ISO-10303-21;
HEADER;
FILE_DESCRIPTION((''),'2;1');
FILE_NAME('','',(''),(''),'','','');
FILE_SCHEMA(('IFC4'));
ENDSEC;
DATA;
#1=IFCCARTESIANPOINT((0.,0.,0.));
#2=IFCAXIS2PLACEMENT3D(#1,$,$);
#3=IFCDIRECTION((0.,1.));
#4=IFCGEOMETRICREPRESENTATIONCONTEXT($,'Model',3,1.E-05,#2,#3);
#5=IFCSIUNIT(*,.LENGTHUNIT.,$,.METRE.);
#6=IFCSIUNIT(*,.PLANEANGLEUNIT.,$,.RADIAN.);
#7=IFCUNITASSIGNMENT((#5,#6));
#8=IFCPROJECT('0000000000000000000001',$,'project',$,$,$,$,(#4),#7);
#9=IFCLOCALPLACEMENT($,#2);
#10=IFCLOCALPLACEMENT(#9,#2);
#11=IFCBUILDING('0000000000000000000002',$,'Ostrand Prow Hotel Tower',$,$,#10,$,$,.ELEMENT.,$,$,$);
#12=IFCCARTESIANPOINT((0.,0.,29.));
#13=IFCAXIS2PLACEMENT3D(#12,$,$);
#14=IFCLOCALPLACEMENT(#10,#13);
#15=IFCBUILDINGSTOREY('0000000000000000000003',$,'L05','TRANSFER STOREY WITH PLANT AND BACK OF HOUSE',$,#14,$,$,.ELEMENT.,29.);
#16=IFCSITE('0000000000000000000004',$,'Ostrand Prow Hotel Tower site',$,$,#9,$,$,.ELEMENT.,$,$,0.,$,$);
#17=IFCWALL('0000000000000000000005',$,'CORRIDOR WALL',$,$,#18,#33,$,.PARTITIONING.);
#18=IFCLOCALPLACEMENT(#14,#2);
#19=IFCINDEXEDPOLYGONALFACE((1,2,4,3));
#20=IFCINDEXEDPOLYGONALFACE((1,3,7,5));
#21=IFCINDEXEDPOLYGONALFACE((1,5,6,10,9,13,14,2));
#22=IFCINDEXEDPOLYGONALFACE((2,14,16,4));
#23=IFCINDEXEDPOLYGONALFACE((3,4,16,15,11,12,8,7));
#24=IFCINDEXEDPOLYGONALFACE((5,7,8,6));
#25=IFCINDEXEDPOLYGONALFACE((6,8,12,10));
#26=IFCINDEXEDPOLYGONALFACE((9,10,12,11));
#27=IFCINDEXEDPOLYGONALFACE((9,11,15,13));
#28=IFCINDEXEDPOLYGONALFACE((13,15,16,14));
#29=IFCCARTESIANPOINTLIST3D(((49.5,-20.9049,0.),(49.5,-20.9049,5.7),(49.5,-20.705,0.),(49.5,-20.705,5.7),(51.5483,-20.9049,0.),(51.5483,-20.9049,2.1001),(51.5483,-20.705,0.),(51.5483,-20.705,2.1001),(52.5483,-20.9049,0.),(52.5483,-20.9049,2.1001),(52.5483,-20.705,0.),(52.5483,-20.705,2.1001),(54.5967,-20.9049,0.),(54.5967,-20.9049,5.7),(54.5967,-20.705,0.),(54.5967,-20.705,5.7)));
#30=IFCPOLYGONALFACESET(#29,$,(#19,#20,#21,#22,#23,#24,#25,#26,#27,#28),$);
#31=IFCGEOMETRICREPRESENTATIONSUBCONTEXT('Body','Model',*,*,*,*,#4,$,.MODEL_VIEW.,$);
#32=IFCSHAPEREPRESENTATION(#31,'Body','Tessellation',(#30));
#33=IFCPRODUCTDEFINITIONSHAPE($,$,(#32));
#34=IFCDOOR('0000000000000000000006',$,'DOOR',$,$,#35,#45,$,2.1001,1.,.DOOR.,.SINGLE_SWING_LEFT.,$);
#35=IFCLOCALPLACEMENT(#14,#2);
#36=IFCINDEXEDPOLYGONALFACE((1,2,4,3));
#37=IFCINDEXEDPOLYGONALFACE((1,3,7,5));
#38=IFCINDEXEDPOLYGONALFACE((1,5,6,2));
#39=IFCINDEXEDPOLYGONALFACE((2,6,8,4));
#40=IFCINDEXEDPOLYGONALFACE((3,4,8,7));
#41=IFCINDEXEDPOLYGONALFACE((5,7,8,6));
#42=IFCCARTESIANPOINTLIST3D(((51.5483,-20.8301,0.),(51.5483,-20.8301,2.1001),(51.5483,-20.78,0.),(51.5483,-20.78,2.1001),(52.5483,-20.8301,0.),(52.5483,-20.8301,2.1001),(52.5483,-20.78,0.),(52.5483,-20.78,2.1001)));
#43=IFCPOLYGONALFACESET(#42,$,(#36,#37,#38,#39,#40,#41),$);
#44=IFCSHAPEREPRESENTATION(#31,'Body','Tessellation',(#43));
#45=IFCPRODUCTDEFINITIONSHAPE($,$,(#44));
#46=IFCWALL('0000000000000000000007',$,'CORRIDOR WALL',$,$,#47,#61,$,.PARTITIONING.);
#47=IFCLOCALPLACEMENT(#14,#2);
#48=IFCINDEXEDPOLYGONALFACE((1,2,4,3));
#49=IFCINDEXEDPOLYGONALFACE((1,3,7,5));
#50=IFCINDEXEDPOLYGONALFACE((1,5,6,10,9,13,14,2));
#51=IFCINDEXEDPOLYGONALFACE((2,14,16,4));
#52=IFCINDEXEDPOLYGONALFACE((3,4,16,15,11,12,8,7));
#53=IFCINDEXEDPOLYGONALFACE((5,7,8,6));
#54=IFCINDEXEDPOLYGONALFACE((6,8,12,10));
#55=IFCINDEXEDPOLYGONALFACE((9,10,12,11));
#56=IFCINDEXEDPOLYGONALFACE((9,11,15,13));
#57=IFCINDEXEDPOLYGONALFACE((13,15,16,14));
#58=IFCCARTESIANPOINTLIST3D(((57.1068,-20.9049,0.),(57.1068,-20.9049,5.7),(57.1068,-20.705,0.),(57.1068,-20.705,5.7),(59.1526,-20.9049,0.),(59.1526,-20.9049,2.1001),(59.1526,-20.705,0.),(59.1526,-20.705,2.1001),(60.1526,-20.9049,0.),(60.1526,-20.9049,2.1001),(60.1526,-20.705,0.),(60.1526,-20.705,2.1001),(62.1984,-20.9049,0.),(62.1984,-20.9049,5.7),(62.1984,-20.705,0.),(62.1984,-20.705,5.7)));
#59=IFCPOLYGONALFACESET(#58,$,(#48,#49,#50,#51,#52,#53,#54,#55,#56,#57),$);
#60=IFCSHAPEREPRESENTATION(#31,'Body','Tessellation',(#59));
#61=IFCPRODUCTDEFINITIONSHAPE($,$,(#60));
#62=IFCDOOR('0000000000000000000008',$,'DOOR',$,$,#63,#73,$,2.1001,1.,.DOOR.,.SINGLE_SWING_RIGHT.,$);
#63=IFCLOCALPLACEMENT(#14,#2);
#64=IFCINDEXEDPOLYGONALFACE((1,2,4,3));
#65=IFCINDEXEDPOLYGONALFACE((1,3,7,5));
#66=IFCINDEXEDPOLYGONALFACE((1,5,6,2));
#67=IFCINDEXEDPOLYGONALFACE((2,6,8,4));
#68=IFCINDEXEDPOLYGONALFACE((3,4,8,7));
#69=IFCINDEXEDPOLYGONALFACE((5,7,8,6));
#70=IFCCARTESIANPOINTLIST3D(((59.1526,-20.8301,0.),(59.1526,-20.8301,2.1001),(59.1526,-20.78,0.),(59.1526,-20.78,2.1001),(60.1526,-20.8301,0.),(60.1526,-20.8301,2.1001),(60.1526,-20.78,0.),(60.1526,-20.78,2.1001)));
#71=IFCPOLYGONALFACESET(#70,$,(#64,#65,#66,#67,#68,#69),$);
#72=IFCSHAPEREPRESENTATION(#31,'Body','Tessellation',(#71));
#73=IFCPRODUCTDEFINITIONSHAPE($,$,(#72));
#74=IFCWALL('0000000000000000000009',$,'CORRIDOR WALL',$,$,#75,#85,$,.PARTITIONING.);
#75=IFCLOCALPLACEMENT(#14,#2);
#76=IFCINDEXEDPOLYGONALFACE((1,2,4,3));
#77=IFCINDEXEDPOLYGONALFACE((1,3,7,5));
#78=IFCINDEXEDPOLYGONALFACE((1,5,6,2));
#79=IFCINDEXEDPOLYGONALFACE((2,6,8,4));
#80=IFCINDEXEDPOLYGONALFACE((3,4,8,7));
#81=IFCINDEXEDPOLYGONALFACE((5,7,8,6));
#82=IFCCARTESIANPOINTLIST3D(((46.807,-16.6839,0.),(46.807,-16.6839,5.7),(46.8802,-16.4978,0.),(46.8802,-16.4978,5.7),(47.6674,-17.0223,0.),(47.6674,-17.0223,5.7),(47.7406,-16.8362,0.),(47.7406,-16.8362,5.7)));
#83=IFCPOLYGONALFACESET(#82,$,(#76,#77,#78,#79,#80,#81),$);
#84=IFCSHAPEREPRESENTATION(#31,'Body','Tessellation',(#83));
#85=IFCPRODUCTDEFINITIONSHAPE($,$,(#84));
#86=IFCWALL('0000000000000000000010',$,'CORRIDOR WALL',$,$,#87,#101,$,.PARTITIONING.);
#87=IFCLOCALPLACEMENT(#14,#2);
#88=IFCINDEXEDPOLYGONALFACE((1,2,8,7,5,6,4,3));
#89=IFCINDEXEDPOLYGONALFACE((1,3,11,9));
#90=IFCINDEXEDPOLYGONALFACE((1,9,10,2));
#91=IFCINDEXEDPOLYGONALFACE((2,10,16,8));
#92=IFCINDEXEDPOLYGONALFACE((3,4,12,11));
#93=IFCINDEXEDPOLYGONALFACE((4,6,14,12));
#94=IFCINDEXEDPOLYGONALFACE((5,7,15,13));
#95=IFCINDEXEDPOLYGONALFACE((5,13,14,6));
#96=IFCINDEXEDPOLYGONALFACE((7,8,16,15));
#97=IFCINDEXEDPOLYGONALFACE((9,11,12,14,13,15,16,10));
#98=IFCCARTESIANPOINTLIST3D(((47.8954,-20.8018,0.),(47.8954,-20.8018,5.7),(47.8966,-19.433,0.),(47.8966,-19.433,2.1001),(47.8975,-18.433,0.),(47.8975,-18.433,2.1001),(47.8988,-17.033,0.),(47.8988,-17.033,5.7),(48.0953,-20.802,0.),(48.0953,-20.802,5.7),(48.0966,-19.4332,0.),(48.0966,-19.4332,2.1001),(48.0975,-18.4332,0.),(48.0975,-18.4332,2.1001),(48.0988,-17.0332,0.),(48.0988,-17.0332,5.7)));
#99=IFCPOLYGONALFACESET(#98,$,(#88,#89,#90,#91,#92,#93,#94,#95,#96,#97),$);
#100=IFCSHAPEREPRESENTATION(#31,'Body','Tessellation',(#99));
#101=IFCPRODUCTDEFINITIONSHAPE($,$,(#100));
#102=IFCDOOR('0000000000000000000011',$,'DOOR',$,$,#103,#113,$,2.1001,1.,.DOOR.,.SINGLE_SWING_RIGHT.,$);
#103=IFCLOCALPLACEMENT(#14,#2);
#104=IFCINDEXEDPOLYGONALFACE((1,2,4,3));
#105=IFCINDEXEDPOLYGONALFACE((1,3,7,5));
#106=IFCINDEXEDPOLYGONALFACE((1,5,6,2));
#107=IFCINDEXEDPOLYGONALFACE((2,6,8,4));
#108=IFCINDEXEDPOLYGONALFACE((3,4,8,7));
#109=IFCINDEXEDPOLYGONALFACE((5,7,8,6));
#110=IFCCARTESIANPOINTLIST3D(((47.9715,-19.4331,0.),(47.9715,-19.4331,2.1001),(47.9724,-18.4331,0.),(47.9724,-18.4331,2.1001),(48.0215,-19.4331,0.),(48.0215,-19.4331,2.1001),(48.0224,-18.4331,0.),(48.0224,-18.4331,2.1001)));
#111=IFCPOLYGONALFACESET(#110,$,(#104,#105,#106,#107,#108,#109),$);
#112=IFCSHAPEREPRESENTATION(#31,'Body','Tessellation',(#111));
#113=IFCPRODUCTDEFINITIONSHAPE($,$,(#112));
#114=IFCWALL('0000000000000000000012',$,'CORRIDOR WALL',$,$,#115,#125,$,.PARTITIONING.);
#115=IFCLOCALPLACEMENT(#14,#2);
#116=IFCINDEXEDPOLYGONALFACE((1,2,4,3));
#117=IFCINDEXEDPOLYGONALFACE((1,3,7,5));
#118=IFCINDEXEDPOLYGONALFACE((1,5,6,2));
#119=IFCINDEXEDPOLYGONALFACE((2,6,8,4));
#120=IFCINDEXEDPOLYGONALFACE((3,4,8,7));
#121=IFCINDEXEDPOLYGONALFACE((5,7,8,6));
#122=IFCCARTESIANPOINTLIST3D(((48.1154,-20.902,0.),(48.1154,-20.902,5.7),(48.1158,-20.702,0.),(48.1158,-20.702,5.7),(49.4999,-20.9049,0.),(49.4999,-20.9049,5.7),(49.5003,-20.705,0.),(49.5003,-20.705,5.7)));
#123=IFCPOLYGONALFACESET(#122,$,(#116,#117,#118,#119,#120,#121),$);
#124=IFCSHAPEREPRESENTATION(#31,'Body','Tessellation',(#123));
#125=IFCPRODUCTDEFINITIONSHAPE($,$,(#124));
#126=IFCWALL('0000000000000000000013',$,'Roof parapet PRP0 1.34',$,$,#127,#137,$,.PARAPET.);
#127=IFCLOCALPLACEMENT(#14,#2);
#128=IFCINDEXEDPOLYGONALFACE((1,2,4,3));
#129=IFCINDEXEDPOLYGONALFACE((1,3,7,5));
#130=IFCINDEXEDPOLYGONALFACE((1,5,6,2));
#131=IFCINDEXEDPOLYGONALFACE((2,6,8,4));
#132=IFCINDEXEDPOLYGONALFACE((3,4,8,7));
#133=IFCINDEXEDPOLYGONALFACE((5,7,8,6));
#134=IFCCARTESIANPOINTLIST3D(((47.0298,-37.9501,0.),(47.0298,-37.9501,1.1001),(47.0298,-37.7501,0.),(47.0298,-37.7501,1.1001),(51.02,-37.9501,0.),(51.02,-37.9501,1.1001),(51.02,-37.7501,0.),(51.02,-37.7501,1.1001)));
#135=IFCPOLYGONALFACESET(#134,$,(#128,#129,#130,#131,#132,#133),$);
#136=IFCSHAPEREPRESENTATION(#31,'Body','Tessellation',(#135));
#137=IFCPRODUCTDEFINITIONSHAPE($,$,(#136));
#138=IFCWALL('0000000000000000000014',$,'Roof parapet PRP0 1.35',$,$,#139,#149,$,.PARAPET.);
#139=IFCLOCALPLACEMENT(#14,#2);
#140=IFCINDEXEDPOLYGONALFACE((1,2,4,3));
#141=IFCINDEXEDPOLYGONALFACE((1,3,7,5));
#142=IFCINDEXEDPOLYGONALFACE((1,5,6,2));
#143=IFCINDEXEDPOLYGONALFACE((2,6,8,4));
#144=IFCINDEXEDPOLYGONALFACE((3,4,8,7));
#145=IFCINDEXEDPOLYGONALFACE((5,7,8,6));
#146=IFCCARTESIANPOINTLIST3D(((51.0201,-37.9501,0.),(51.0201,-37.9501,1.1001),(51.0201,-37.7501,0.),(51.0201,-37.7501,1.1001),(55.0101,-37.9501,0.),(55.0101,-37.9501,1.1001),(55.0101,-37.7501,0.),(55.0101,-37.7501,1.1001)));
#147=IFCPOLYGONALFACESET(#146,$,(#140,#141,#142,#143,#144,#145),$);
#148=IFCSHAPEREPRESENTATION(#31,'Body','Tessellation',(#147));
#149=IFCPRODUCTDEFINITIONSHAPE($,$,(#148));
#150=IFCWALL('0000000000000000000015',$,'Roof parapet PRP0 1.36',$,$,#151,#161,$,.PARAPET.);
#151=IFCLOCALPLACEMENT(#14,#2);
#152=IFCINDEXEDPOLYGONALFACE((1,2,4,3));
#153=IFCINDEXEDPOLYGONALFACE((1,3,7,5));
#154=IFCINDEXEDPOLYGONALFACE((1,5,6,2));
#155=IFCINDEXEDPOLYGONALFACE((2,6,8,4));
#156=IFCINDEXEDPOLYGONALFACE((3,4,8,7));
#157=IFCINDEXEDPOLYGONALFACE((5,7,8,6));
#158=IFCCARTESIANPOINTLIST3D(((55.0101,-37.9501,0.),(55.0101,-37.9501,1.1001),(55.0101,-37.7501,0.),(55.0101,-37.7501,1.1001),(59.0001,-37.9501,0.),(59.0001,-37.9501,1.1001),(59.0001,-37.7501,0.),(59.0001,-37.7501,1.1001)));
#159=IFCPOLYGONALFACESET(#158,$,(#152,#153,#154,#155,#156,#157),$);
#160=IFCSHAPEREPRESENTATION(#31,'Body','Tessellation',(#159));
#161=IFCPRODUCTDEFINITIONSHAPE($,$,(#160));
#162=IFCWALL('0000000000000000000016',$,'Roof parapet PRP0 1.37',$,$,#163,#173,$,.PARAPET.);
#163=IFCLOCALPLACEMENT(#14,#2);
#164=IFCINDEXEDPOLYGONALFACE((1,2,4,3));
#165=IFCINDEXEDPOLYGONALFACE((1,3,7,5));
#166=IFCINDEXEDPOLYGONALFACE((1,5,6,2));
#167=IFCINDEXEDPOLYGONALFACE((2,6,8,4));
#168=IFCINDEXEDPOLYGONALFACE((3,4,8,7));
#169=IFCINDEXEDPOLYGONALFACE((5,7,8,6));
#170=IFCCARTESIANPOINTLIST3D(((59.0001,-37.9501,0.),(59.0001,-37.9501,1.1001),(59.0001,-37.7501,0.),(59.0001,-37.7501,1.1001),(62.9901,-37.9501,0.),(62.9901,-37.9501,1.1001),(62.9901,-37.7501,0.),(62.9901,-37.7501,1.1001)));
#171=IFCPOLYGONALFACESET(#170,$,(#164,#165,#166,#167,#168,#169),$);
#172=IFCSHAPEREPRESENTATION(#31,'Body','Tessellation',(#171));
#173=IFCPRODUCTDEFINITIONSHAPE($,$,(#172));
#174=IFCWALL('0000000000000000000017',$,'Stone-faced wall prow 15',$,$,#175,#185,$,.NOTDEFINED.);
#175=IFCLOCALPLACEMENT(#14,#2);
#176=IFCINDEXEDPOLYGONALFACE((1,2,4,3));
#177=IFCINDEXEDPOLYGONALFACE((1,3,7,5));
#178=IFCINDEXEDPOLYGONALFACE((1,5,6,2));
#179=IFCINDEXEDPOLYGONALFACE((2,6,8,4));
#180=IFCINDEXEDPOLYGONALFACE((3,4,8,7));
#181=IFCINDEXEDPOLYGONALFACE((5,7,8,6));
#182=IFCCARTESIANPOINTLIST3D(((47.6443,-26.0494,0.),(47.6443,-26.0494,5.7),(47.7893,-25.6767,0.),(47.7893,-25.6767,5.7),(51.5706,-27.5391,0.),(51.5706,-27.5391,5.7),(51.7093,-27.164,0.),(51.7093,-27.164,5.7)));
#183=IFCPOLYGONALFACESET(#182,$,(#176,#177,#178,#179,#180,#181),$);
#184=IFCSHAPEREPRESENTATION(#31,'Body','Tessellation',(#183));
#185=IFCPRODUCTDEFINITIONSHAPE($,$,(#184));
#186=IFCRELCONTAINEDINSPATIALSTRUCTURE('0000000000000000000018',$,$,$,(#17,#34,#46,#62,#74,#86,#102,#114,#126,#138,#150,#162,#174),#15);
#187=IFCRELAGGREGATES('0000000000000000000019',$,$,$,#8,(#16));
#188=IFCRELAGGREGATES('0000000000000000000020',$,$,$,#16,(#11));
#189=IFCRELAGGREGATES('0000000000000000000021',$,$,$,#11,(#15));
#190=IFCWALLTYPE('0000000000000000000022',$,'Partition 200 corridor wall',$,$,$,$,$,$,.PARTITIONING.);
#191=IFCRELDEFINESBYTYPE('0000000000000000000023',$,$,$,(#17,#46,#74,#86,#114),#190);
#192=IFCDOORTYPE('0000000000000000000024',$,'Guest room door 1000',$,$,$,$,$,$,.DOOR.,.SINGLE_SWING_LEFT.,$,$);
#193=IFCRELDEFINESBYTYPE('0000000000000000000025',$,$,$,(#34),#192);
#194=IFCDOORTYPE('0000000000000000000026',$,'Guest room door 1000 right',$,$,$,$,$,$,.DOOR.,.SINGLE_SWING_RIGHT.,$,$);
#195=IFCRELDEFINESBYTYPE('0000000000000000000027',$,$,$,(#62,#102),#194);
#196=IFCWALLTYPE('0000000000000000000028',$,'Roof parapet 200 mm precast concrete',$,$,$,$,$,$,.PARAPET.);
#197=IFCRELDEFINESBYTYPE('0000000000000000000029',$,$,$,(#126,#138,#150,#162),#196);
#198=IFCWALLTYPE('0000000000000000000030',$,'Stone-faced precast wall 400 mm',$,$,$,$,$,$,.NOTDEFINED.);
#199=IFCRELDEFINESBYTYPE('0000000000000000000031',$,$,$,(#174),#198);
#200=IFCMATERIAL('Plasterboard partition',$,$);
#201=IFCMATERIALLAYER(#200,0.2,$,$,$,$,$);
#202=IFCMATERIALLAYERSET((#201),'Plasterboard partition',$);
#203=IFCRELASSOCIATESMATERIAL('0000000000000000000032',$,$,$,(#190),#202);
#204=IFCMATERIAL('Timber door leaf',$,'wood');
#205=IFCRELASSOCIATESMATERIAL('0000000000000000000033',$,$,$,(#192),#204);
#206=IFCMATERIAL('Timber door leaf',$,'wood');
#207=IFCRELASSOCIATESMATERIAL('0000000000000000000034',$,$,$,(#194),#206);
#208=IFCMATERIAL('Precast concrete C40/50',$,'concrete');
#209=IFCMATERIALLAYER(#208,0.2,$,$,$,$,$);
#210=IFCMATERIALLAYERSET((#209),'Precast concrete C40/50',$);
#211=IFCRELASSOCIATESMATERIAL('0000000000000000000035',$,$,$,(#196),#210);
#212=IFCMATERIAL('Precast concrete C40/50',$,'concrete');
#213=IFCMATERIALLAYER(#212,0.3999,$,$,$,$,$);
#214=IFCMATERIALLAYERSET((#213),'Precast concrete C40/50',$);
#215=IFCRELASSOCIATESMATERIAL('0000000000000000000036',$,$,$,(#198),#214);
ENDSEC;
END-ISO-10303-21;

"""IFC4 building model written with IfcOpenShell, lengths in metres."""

from ifc_helpers import new_model, si_unit, direction, frame, frame_2d, origin, place, context, subcontext, project, spatial, polyline, rectangle, outline, extrude, material, layer, layer_set, type_object, element, fill, save


model = new_model("IFC4")

# Units and contexts
model_context = context("Model", 3, precision=1e-05, world=origin(), true_north=direction((0.0, 1.0)))
body_context = subcontext(model_context, "Body", "Model", "MODEL_VIEW")
ifc_project = project(units=[si_unit("LENGTHUNIT", "METRE"), si_unit("PLANEANGLEUNIT", "RADIAN")], contexts=[model_context])

# Site, building, storey
site_placement = place(None, origin())
site = spatial("IfcSite", under=ifc_project, at=site_placement, Name="Ostrand Prow Hotel Tower site", CompositionType="ELEMENT", RefElevation=0.0)
building_placement = place(site_placement, origin())
building = spatial("IfcBuilding", under=site, at=building_placement, Name="Ostrand Prow Hotel Tower", CompositionType="ELEMENT")
storey_placement = place(building_placement, frame((0.0, 0.0, 29.0)))
storey = spatial("IfcBuildingStorey", under=building, at=storey_placement, Name="L05", Description="TRANSFER STOREY WITH PLANT AND BACK OF HOUSE", CompositionType="ELEMENT", Elevation=29.0)

# Walls, openings, doors
ifc_material_1 = material(Name="Plasterboard partition")
ifc_layer_1 = layer(ifc_material_1, 0.2)
ifc_layer_set_1 = layer_set([ifc_layer_1], Name="Plasterboard partition")
wall_type_1 = type_object("IfcWallType", Name="Partition 200 corridor wall", PredefinedType="PARTITIONING", material=ifc_layer_set_1)
wall_1_placement = place(storey_placement, frame((49.5, -20.8049, 0.0), z_axis=(0.0, 0.0, 1.0), x_axis=(1.0, 0.0, 0.0)))
wall_1 = element("IfcWall", 1, at=wall_1_placement, inside=storey, type_object=wall_type_1, Name="CORRIDOR WALL", PredefinedType="PARTITIONING", context=body_context, shape_type="SweptSolid", body=[
    extrude(rectangle(XDim=5.0967, YDim=0.2, at=frame_2d((2.5483, 0.0))), origin(), (0.0, 0.0, 1.0), 5.7),
])
opening_1_placement = place(wall_1_placement, frame((2.0483, 0.0, 0.0)))
opening_1 = element("IfcOpeningElement", 2, at=opening_1_placement, cuts=wall_1, PredefinedType="OPENING", context=body_context, shape_type="SweptSolid", body=[
    extrude(rectangle(XDim=1.0, YDim=2.1001, at=frame_2d((0.5, 1.05))), frame((0.0, 0.1099, 0.0), z_axis=(0.0, -1.0, 0.0), x_axis=(1.0, 0.0, 0.0)), (0.0, 0.0, 1.0), 0.22),
])
ifc_material_2 = material(Name="Timber door leaf", Category="wood")
door_type_1 = type_object("IfcDoorType", Name="Guest room door 1000", OperationType="SINGLE_SWING_LEFT", PredefinedType="DOOR", material=ifc_material_2)
door_1_placement = place(opening_1_placement, origin())
door_1 = element("IfcDoor", 3, at=door_1_placement, inside=storey, type_object=door_type_1, Name="DOOR", OperationType="SINGLE_SWING_LEFT", OverallHeight=2.1001, OverallWidth=1.0, PredefinedType="DOOR", context=body_context, shape_type="SweptSolid", body=[
    extrude(rectangle(XDim=1.0, YDim=2.1001, at=frame_2d((0.5, 1.05))), frame((0.0, 0.0249, 0.0), z_axis=(0.0, -1.0, 0.0), x_axis=(1.0, 0.0, 0.0)), (0.0, 0.0, 1.0), 0.05),
])
fill(opening_1, door_1)
wall_2_placement = place(storey_placement, frame((57.1067, -20.8049, 0.0), z_axis=(0.0, 0.0, 1.0), x_axis=(1.0, 0.0, 0.0)))
wall_2 = element("IfcWall", 4, at=wall_2_placement, inside=storey, type_object=wall_type_1, Name="CORRIDOR WALL", PredefinedType="PARTITIONING", context=body_context, shape_type="SweptSolid", body=[
    extrude(rectangle(XDim=5.0916, YDim=0.2, at=frame_2d((2.5459, 0.0))), origin(), (0.0, 0.0, 1.0), 5.7),
])
opening_2_placement = place(wall_2_placement, frame((2.0459, 0.0, 0.0)))
opening_2 = element("IfcOpeningElement", 5, at=opening_2_placement, cuts=wall_2, PredefinedType="OPENING", context=body_context, shape_type="SweptSolid", body=[
    extrude(rectangle(XDim=1.0, YDim=2.1001, at=frame_2d((0.5, 1.05))), frame((0.0, 0.1099, 0.0), z_axis=(0.0, -1.0, 0.0), x_axis=(1.0, 0.0, 0.0)), (0.0, 0.0, 1.0), 0.22),
])
ifc_material_3 = material(Name="Timber door leaf", Category="wood")
door_type_2 = type_object("IfcDoorType", Name="Guest room door 1000 right", OperationType="SINGLE_SWING_RIGHT", PredefinedType="DOOR", material=ifc_material_3)
door_2_placement = place(opening_2_placement, origin())
door_2 = element("IfcDoor", 6, at=door_2_placement, inside=storey, type_object=door_type_2, Name="DOOR", OperationType="SINGLE_SWING_RIGHT", OverallHeight=2.1001, OverallWidth=1.0, PredefinedType="DOOR", context=body_context, shape_type="SweptSolid", body=[
    extrude(rectangle(XDim=1.0, YDim=2.1001, at=frame_2d((0.5, 1.05))), frame((0.0, 0.0249, 0.0), z_axis=(0.0, -1.0, 0.0), x_axis=(1.0, 0.0, 0.0)), (0.0, 0.0, 1.0), 0.05),
])
fill(opening_2, door_2)

# Wall
wall_3_placement = place(storey_placement, frame((46.8435, -16.5908, 0.0), z_axis=(0.0, 0.0, 1.0), x_axis=(0.93061, -0.366012, 0.0)))
element("IfcWall", 7, at=wall_3_placement, inside=storey, type_object=wall_type_1, Name="CORRIDOR WALL", PredefinedType="PARTITIONING", context=body_context, shape_type="SweptSolid", body=[
    extrude(rectangle(XDim=0.9246, YDim=0.2, at=frame_2d((0.4624, 0.0))), origin(), (0.0, 0.0, 1.0), 5.7),
])

# Wall, opening, door
wall_4_placement = place(storey_placement, frame((47.9988, -17.0332, 0.0), z_axis=(0.0, 0.0, 1.0), x_axis=(-0.000907, -1.0, 0.0)))
wall_4 = element("IfcWall", 8, at=wall_4_placement, inside=storey, type_object=wall_type_1, Name="CORRIDOR WALL", PredefinedType="PARTITIONING", context=body_context, shape_type="SweptSolid", body=[
    extrude(rectangle(XDim=3.7688, YDim=0.2, at=frame_2d((1.8843, 0.0))), origin(), (0.0, 0.0, 1.0), 5.7),
])
opening_3_placement = place(wall_4_placement, frame((1.3999, 0.0, 0.0)))
opening_3 = element("IfcOpeningElement", 9, at=opening_3_placement, cuts=wall_4, PredefinedType="OPENING", context=body_context, shape_type="SweptSolid", body=[
    extrude(rectangle(XDim=1.0, YDim=2.1001, at=frame_2d((0.5, 1.05))), frame((0.0, 0.1099, 0.0), z_axis=(0.0, -1.0, 0.0), x_axis=(1.0, 0.0, 0.0)), (0.0, 0.0, 1.0), 0.22),
])
door_3_placement = place(opening_3_placement, origin())
door_3 = element("IfcDoor", 10, at=door_3_placement, inside=storey, type_object=door_type_2, Name="DOOR", OperationType="SINGLE_SWING_RIGHT", OverallHeight=2.1001, OverallWidth=1.0, PredefinedType="DOOR", context=body_context, shape_type="SweptSolid", body=[
    extrude(rectangle(XDim=1.0, YDim=2.1001, at=frame_2d((0.5, 1.05))), frame((0.0, 0.0249, 0.0), z_axis=(0.0, -1.0, 0.0), x_axis=(1.0, 0.0, 0.0)), (0.0, 0.0, 1.0), 0.05),
])
fill(opening_3, door_3)

# Walls
wall_5_placement = place(storey_placement, frame((48.1155, -20.802, 0.0), z_axis=(0.0, 0.0, 1.0), x_axis=(0.999998, -0.002116, 0.0)))
element("IfcWall", 11, at=wall_5_placement, inside=storey, type_object=wall_type_1, Name="CORRIDOR WALL", PredefinedType="PARTITIONING", context=body_context, shape_type="SweptSolid", body=[
    extrude(rectangle(XDim=1.3845, YDim=0.2, at=frame_2d((0.6924, 0.0))), origin(), (0.0, 0.0, 1.0), 5.7),
])
ifc_material_4 = material(Name="Precast concrete C40/50", Category="concrete")
ifc_layer_2 = layer(ifc_material_4, 0.2)
ifc_layer_set_2 = layer_set([ifc_layer_2], Name="Precast concrete C40/50")
wall_type_2 = type_object("IfcWallType", Name="Roof parapet 200 mm precast concrete", PredefinedType="PARAPET", material=ifc_layer_set_2)
wall_6_placement = place(storey_placement, frame((47.0298, -37.8501, 0.0), z_axis=(0.0, 0.0, 1.0), x_axis=(1.0, 0.0, 0.0)))
element("IfcWall", 12, at=wall_6_placement, inside=storey, type_object=wall_type_2, Name="Roof parapet PRP0 1.34", PredefinedType="PARAPET", context=body_context, shape_type="SweptSolid", body=[
    extrude(rectangle(XDim=3.9902, YDim=0.2, at=frame_2d((1.9951, 0.0))), origin(), (0.0, 0.0, 1.0), 1.1001),
])
for number, where, z_axis, x_axis, name in (
    (13, (51.02, -37.8501, 0.0), (0.0, 0.0, 1.0), (1.0, 0.0, 0.0), "Roof parapet PRP0 1.35"),
    (14, (55.01, -37.8501, 0.0), (0.0, 0.0, 1.0), (1.0, 0.0, 0.0), "Roof parapet PRP0 1.36"),
    (15, (59.0, -37.8501, 0.0), (0.0, 0.0, 1.0), (1.0, 0.0, 0.0), "Roof parapet PRP0 1.37"),
):
    element("IfcWall", number, at=place(storey_placement, frame(where, z_axis=z_axis, x_axis=x_axis)), inside=storey, type_object=wall_type_2, Name=name, PredefinedType="PARAPET", context=body_context, shape_type="SweptSolid", body=[
        extrude(rectangle(XDim=3.99, YDim=0.2, at=frame_2d((1.9951, 0.0))), origin(), (0.0, 0.0, 1.0), 1.1001),
    ])
ifc_material_5 = material(Name="Precast concrete C40/50", Category="concrete")
ifc_layer_3 = layer(ifc_material_5, 0.3999)
ifc_layer_set_3 = layer_set([ifc_layer_3], Name="Precast concrete C40/50")
wall_type_3 = type_object("IfcWallType", Name="Stone-faced precast wall 400 mm", PredefinedType="NOTDEFINED", material=ifc_layer_set_3)
wall_7_placement = place(storey_placement, frame((47.7168, -25.863, 0.0), z_axis=(0.0, 0.0, 1.0), x_axis=(0.934962, -0.354749, 0.0)))
element("IfcWall", 16, at=wall_7_placement, inside=storey, type_object=wall_type_3, Name="Stone-faced wall prow 15", PredefinedType="NOTDEFINED", context=body_context, shape_type="SweptSolid", body=[
    extrude(outline(polyline([(-0.0017, -0.2), (4.1978, -0.2), (4.1943, 0.2), (0.0017, 0.2), (-0.0017, -0.2)])), origin(), (0.0, 0.0, 1.0), 5.7),
])

save(model, "model.ifc")
